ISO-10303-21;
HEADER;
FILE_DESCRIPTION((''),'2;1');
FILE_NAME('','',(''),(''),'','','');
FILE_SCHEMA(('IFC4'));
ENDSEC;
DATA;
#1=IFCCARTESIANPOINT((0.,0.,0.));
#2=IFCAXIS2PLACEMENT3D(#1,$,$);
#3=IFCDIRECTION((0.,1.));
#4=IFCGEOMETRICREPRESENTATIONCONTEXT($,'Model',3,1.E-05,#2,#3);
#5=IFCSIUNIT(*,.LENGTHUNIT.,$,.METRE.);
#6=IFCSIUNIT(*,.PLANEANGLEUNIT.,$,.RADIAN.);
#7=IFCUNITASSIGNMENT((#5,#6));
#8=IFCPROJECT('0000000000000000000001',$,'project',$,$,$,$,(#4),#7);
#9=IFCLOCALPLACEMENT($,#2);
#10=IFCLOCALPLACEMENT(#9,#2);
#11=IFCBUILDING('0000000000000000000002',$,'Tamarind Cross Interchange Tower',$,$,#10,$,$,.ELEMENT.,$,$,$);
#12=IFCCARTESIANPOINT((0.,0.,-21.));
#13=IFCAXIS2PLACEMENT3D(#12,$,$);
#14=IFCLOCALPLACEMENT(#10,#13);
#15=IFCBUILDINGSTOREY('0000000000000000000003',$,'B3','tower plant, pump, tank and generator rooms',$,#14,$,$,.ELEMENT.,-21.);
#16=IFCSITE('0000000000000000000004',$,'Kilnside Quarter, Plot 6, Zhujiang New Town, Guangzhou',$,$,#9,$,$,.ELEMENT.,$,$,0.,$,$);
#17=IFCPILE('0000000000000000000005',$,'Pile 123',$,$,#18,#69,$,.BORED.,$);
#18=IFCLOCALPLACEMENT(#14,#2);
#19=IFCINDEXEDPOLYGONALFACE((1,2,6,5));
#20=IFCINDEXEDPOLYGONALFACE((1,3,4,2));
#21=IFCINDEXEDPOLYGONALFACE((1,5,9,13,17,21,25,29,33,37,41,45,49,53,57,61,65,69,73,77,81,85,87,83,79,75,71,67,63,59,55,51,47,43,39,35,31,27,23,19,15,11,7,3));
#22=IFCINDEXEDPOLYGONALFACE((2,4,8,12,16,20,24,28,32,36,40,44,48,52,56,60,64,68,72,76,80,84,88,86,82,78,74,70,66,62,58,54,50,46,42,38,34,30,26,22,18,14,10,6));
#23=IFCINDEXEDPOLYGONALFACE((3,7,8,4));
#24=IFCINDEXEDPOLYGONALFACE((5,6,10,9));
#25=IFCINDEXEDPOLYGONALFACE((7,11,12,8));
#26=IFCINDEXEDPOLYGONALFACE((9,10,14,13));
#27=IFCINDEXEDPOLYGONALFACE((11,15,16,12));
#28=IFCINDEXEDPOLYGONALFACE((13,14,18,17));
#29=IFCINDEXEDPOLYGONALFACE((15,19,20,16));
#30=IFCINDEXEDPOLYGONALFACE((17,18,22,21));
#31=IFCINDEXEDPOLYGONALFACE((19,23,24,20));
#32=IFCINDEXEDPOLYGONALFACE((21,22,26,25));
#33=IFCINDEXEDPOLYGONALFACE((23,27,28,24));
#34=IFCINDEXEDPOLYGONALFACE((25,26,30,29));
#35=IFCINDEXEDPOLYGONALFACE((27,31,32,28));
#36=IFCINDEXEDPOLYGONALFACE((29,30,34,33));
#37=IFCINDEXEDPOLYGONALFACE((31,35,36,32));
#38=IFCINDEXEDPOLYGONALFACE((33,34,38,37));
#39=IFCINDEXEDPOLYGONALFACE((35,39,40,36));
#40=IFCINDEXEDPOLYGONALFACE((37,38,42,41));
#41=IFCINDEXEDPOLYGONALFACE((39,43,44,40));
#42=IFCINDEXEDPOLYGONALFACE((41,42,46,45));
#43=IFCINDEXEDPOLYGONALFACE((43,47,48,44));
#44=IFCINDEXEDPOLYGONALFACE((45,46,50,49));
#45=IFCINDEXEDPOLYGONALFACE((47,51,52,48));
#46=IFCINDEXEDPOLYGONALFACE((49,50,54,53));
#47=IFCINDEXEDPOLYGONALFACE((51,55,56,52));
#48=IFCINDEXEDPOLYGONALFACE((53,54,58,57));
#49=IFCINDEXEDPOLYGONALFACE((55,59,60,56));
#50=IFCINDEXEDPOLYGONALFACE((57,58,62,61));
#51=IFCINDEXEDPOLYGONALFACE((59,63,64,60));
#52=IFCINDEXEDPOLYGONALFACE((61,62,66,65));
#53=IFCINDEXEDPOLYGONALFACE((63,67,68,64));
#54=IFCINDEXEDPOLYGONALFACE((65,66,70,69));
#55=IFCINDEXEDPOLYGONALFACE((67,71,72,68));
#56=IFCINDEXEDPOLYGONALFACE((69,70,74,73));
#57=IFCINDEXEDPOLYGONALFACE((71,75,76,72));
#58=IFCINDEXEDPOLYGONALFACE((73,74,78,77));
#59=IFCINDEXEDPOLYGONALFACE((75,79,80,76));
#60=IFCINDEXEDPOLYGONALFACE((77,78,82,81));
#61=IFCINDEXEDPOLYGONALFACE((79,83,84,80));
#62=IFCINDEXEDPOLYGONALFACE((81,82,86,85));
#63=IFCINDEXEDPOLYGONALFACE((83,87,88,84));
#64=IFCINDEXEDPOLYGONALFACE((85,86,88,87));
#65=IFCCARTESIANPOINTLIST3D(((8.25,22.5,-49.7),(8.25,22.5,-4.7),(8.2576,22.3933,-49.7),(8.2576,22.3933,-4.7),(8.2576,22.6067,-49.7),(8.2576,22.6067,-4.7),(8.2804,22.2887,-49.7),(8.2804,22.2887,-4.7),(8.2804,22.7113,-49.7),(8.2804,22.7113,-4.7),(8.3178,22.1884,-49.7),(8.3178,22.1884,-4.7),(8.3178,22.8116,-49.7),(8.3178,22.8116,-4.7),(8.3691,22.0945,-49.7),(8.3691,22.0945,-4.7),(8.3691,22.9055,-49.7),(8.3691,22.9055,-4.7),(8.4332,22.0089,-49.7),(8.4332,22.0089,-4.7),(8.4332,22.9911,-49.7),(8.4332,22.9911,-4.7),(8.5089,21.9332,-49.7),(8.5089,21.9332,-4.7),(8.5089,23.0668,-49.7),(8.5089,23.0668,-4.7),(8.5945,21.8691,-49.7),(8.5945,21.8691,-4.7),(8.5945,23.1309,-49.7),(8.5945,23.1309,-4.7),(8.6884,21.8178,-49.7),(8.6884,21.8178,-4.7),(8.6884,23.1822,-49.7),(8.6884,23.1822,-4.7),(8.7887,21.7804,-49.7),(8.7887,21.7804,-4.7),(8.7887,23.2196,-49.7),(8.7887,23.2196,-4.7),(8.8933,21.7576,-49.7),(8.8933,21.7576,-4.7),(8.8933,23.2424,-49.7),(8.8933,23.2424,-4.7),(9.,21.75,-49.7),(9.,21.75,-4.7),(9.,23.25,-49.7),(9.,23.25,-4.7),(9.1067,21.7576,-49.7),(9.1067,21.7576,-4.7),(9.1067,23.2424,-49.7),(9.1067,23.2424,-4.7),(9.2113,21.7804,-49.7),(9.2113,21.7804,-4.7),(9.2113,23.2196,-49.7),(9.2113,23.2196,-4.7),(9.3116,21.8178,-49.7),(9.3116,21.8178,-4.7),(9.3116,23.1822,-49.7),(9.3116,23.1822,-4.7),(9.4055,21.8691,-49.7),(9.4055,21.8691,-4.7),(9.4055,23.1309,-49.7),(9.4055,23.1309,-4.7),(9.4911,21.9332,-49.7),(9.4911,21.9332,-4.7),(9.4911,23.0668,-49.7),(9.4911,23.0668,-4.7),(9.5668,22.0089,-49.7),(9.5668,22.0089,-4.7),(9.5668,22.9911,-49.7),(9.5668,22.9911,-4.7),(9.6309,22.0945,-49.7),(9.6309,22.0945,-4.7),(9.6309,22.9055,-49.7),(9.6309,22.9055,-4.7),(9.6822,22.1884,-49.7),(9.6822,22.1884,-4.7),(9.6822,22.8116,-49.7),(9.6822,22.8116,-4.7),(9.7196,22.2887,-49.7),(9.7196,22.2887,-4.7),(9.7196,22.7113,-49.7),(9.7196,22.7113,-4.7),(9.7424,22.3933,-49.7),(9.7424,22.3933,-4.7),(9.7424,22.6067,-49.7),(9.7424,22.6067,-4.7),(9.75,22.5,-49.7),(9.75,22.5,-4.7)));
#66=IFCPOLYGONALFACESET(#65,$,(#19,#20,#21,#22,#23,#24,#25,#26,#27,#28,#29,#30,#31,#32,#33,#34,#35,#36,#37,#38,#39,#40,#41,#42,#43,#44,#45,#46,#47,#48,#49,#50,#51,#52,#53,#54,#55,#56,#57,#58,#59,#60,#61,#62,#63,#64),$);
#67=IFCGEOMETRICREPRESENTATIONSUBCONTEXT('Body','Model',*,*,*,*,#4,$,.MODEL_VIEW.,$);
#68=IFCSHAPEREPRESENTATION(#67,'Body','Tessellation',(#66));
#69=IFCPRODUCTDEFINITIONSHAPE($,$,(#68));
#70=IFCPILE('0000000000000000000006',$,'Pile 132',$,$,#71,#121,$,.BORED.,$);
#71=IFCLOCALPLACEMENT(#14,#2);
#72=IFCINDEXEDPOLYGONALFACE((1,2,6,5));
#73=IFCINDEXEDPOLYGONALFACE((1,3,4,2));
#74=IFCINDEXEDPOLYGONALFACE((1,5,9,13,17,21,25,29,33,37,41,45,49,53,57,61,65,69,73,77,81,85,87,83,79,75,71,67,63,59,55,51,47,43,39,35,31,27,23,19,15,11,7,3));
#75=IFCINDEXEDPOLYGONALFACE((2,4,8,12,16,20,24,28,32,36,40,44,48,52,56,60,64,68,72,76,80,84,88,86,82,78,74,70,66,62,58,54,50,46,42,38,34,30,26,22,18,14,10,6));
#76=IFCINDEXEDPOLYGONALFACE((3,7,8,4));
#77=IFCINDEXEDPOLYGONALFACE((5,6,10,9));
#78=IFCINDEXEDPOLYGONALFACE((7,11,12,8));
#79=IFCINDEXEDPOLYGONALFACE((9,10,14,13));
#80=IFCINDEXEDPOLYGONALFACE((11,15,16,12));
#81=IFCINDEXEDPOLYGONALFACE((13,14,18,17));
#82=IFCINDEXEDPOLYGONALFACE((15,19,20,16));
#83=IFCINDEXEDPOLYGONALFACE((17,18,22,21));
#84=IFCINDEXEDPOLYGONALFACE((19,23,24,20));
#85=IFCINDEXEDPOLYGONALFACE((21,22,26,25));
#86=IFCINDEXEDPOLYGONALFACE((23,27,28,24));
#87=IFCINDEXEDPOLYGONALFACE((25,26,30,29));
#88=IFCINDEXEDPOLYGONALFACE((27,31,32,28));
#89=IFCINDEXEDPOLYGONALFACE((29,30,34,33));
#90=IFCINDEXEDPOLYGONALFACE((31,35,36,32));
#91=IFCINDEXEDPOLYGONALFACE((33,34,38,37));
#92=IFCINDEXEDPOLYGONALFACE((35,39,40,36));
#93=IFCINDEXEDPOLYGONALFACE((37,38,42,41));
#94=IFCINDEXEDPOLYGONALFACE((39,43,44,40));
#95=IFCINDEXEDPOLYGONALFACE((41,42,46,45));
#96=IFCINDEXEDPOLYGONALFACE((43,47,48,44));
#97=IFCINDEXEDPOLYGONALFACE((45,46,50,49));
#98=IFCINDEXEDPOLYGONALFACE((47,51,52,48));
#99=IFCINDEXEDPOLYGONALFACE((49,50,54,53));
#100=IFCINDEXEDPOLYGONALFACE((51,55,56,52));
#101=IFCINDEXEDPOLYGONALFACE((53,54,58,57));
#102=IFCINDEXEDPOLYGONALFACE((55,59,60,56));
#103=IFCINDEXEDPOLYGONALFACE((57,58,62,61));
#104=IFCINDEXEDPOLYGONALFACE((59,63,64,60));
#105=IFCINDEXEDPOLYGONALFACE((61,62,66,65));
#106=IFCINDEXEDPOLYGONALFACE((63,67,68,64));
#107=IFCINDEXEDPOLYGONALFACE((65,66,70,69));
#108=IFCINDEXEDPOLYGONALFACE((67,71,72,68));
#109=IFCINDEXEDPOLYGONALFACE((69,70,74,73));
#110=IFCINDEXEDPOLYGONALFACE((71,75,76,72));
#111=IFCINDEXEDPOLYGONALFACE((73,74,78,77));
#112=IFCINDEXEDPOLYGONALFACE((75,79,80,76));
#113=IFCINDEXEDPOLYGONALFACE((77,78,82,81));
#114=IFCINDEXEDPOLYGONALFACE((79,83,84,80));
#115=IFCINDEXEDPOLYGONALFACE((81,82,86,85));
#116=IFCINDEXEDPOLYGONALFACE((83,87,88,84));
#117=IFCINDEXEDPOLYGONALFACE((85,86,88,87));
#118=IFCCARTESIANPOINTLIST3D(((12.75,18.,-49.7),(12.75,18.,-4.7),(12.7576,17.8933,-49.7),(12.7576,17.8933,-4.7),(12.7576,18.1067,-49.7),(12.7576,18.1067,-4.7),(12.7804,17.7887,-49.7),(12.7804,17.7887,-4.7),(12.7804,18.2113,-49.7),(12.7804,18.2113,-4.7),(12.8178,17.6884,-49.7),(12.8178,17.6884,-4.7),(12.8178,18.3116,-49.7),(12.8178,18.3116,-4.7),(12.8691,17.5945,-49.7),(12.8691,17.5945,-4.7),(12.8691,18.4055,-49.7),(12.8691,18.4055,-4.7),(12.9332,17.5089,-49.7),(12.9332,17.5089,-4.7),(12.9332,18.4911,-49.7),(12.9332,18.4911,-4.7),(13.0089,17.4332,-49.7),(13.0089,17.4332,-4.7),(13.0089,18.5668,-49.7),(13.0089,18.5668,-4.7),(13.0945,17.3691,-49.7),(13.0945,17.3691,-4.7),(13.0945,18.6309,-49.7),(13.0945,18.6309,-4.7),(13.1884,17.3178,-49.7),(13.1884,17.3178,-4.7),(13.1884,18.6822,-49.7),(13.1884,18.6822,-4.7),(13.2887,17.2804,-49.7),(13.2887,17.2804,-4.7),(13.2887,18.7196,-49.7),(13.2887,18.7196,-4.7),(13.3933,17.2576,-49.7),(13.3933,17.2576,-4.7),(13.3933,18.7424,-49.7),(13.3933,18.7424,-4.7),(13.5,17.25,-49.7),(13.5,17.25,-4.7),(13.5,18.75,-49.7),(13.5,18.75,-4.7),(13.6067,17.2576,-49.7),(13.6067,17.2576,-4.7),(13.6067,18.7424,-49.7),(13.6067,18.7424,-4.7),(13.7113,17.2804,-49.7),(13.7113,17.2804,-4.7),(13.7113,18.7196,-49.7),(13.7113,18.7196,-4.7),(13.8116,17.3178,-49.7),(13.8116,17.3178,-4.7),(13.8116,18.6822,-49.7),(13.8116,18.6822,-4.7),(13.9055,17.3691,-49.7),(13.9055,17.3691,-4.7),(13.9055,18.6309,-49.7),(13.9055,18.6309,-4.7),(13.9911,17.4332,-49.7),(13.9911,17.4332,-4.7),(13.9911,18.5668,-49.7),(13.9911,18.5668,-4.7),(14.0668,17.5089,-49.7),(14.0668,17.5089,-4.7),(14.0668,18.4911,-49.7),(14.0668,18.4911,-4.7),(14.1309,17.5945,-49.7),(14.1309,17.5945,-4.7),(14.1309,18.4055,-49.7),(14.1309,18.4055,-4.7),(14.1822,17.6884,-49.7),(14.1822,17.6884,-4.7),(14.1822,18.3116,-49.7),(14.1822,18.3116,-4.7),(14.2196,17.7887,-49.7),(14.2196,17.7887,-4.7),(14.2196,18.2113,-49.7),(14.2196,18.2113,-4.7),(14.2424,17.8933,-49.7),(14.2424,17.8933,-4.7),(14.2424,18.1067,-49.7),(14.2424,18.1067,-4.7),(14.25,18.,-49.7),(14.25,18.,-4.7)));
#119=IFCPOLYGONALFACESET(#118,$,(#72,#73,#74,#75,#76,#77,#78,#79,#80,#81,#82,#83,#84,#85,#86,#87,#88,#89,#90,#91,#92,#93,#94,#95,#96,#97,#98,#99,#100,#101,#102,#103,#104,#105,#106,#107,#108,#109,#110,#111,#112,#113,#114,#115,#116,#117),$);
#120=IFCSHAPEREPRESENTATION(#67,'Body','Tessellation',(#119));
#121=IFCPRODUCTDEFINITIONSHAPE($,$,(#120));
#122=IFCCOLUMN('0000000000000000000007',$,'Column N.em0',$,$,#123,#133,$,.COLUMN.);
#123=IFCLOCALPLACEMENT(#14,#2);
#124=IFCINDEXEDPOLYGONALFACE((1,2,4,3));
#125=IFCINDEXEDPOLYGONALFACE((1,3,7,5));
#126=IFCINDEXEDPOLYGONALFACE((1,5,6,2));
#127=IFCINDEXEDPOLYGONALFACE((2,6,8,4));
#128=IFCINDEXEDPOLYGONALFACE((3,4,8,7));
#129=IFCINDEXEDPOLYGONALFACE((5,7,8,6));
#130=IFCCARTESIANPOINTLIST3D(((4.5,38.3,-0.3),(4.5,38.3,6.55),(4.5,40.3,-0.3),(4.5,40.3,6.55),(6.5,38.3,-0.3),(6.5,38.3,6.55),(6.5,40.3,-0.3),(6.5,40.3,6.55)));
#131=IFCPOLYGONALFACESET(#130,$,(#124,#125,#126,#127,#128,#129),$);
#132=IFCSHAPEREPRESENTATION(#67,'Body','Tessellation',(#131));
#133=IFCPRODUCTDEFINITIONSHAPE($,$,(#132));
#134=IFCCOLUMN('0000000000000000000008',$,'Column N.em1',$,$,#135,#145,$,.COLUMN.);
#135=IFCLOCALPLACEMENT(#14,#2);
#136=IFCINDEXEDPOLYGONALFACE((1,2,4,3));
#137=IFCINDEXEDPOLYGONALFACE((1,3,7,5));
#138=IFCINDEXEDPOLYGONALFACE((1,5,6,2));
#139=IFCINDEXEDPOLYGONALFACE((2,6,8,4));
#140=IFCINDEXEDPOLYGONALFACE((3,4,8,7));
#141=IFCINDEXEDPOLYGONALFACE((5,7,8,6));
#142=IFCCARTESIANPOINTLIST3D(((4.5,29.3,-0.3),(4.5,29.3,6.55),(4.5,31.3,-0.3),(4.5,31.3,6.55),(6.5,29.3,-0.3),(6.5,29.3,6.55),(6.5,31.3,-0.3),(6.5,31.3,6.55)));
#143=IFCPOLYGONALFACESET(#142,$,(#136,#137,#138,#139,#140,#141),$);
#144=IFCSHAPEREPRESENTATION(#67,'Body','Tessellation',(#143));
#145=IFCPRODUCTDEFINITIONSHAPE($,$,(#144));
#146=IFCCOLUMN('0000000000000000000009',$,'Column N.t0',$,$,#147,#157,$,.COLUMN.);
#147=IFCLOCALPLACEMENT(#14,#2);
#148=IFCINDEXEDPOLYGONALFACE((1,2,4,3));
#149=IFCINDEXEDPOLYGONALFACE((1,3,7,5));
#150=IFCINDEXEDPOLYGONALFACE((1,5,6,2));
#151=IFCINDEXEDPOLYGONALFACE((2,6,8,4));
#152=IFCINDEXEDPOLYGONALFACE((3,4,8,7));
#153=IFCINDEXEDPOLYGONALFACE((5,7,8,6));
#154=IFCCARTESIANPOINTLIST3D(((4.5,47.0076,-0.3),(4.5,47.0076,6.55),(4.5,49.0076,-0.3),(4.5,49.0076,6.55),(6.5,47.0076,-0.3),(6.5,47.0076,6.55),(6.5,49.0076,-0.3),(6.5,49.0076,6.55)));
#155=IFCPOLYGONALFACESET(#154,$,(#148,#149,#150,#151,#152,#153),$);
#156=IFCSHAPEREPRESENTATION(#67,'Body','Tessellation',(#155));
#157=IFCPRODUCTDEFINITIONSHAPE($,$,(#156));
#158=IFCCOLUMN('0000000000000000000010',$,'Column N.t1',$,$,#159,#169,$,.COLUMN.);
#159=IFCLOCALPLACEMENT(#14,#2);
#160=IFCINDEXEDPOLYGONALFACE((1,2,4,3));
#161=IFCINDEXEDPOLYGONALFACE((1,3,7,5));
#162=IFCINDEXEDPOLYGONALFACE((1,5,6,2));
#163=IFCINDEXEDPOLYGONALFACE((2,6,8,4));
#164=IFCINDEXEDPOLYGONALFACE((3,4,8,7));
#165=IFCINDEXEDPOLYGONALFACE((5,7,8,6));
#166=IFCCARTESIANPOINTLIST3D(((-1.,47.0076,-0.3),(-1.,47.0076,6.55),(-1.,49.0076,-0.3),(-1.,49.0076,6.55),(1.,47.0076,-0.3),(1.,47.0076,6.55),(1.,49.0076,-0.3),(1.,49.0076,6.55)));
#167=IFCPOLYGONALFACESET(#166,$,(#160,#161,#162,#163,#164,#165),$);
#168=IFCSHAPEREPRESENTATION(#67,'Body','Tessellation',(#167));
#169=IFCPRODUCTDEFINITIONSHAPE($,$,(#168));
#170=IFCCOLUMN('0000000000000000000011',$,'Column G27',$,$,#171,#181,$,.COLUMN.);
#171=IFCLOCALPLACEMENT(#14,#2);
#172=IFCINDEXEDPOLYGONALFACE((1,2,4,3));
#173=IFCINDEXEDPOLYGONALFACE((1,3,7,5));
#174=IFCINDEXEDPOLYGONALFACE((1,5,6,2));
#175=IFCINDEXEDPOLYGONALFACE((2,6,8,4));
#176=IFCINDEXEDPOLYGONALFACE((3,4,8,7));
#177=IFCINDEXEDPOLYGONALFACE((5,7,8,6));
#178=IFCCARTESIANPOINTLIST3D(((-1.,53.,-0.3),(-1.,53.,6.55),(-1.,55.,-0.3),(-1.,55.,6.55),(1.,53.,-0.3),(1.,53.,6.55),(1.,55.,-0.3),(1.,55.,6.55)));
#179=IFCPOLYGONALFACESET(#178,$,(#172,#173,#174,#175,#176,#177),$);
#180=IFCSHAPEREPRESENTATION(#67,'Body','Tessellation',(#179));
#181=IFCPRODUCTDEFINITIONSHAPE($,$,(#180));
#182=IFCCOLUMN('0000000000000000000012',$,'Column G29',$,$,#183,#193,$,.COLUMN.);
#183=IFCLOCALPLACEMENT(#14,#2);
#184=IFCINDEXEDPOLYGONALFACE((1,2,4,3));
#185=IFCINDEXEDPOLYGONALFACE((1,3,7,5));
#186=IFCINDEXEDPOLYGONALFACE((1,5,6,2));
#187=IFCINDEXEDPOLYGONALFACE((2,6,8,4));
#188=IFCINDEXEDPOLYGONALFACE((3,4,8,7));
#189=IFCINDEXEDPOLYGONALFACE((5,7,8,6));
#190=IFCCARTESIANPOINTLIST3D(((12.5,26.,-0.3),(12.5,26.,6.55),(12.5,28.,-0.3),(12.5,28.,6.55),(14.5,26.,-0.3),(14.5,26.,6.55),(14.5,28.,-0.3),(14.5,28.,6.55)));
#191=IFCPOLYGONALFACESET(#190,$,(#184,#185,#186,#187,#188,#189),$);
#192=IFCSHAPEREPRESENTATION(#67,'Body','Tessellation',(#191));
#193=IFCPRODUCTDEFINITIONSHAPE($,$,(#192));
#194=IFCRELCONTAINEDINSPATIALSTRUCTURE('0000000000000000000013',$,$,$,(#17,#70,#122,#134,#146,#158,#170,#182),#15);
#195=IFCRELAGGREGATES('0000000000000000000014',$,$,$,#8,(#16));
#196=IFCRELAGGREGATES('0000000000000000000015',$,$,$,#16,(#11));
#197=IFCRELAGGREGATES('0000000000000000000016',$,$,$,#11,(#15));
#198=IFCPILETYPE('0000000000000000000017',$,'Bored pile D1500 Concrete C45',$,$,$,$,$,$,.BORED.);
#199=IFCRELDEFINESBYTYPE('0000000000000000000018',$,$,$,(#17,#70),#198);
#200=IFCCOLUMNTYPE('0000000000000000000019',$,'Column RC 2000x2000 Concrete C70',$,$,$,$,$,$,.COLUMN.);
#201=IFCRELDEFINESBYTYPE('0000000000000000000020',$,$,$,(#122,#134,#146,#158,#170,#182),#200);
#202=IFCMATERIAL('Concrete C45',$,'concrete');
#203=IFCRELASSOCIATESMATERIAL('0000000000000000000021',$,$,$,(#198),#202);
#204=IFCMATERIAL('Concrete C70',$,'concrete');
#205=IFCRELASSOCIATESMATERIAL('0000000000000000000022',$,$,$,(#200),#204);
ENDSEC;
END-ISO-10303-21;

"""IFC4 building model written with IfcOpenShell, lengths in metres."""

from ifc_helpers import new_model, si_unit, direction, frame, origin, origin_2d, place, context, subcontext, project, spatial, rectangle, circle, extrude, material, material_profile, profile_set, type_object, element, save


model = new_model("IFC4")

# Units and contexts
model_context = context("Model", 3, precision=1e-05, world=origin(), true_north=direction((0.0, 1.0)))
body_context = subcontext(model_context, "Body", "Model", "MODEL_VIEW")
ifc_project = project(units=[si_unit("LENGTHUNIT", "METRE"), si_unit("PLANEANGLEUNIT", "RADIAN")], contexts=[model_context])

# Site, building, storey
site_placement = place(None, origin())
site = spatial("IfcSite", under=ifc_project, at=site_placement, Name="Kilnside Quarter, Plot 6, Zhujiang New Town, Guangzhou", CompositionType="ELEMENT", RefElevation=0.0)
building_placement = place(site_placement, origin())
building = spatial("IfcBuilding", under=site, at=building_placement, Name="Tamarind Cross Interchange Tower", CompositionType="ELEMENT")
storey_placement = place(building_placement, frame((0.0, 0.0, -21.0)))
storey = spatial("IfcBuildingStorey", under=building, at=storey_placement, Name="B3", Description="tower plant, pump, tank and generator rooms", CompositionType="ELEMENT", Elevation=-21.0)

# Piles
ifc_material_1 = material(Name="Concrete C45", Category="concrete")
ifc_material_profile_1 = material_profile(ifc_material_1, circle(Radius=0.75, at=origin_2d()), Name="RC D1500")
ifc_profile_set_1 = profile_set([ifc_material_profile_1], Name="Concrete C45")
pile_type = type_object("IfcPileType", Name="Bored pile D1500 Concrete C45", PredefinedType="BORED", material=ifc_profile_set_1)
for number, where, z_axis, x_axis, name in (
    (1, (9.0, 22.5, -4.7), (0.0, 0.0, -1.0), (1.0, 0.0, 0.0), "Pile 123"),
    (2, (13.5, 18.0, -4.7), (0.0, 0.0, -1.0), (1.0, 0.0, 0.0), "Pile 132"),
):
    element("IfcPile", number, at=place(storey_placement, frame(where, z_axis=z_axis, x_axis=x_axis)), inside=storey, type_object=pile_type, Name=name, PredefinedType="BORED", context=body_context, shape_type="SweptSolid", body=[
        extrude(circle(Radius=0.75, at=origin_2d()), origin(), (0.0, 0.0, 1.0), 45.0),
    ])

# Columns
ifc_material_2 = material(Name="Concrete C70", Category="concrete")
ifc_material_profile_2 = material_profile(ifc_material_2, rectangle(XDim=2.0, YDim=2.0, at=origin_2d()), Name="RC 2000x2000")
ifc_profile_set_2 = profile_set([ifc_material_profile_2], Name="Concrete C70")
column_type_1 = type_object("IfcColumnType", Name="Column RC 2000x2000 Concrete C70", PredefinedType="COLUMN", material=ifc_profile_set_2)
for number, where, z_axis, x_axis, name in (
    (3, (5.5, 39.3, -0.3), (0.0, 0.0, 1.0), (1.0, 0.0, 0.0), "Column N.em0"),
    (4, (5.5, 30.3, -0.3), (0.0, 0.0, 1.0), (1.0, 0.0, 0.0), "Column N.em1"),
    (5, (5.5, 48.0076, -0.3), (0.0, 0.0, 1.0), (1.0, 0.0, 0.0), "Column N.t0"),
    (6, (0.0, 48.0076, -0.3), (0.0, 0.0, 1.0), (1.0, 0.0, 0.0), "Column N.t1"),
    (7, (0.0, 54.0, -0.3), (0.0, 0.0, 1.0), (1.0, 0.0, 0.0), "Column G27"),
    (8, (13.5, 27.0, -0.3), (0.0, 0.0, 1.0), (1.0, 0.0, 0.0), "Column G29"),
):
    element("IfcColumn", number, at=place(storey_placement, frame(where, z_axis=z_axis, x_axis=x_axis)), inside=storey, type_object=column_type_1, Name=name, PredefinedType="COLUMN", context=body_context, shape_type="SweptSolid", body=[
        extrude(rectangle(XDim=2.0, YDim=2.0, at=origin_2d()), origin(), (0.0, 0.0, 1.0), 6.8501),
    ])

save(model, "model.ifc")
